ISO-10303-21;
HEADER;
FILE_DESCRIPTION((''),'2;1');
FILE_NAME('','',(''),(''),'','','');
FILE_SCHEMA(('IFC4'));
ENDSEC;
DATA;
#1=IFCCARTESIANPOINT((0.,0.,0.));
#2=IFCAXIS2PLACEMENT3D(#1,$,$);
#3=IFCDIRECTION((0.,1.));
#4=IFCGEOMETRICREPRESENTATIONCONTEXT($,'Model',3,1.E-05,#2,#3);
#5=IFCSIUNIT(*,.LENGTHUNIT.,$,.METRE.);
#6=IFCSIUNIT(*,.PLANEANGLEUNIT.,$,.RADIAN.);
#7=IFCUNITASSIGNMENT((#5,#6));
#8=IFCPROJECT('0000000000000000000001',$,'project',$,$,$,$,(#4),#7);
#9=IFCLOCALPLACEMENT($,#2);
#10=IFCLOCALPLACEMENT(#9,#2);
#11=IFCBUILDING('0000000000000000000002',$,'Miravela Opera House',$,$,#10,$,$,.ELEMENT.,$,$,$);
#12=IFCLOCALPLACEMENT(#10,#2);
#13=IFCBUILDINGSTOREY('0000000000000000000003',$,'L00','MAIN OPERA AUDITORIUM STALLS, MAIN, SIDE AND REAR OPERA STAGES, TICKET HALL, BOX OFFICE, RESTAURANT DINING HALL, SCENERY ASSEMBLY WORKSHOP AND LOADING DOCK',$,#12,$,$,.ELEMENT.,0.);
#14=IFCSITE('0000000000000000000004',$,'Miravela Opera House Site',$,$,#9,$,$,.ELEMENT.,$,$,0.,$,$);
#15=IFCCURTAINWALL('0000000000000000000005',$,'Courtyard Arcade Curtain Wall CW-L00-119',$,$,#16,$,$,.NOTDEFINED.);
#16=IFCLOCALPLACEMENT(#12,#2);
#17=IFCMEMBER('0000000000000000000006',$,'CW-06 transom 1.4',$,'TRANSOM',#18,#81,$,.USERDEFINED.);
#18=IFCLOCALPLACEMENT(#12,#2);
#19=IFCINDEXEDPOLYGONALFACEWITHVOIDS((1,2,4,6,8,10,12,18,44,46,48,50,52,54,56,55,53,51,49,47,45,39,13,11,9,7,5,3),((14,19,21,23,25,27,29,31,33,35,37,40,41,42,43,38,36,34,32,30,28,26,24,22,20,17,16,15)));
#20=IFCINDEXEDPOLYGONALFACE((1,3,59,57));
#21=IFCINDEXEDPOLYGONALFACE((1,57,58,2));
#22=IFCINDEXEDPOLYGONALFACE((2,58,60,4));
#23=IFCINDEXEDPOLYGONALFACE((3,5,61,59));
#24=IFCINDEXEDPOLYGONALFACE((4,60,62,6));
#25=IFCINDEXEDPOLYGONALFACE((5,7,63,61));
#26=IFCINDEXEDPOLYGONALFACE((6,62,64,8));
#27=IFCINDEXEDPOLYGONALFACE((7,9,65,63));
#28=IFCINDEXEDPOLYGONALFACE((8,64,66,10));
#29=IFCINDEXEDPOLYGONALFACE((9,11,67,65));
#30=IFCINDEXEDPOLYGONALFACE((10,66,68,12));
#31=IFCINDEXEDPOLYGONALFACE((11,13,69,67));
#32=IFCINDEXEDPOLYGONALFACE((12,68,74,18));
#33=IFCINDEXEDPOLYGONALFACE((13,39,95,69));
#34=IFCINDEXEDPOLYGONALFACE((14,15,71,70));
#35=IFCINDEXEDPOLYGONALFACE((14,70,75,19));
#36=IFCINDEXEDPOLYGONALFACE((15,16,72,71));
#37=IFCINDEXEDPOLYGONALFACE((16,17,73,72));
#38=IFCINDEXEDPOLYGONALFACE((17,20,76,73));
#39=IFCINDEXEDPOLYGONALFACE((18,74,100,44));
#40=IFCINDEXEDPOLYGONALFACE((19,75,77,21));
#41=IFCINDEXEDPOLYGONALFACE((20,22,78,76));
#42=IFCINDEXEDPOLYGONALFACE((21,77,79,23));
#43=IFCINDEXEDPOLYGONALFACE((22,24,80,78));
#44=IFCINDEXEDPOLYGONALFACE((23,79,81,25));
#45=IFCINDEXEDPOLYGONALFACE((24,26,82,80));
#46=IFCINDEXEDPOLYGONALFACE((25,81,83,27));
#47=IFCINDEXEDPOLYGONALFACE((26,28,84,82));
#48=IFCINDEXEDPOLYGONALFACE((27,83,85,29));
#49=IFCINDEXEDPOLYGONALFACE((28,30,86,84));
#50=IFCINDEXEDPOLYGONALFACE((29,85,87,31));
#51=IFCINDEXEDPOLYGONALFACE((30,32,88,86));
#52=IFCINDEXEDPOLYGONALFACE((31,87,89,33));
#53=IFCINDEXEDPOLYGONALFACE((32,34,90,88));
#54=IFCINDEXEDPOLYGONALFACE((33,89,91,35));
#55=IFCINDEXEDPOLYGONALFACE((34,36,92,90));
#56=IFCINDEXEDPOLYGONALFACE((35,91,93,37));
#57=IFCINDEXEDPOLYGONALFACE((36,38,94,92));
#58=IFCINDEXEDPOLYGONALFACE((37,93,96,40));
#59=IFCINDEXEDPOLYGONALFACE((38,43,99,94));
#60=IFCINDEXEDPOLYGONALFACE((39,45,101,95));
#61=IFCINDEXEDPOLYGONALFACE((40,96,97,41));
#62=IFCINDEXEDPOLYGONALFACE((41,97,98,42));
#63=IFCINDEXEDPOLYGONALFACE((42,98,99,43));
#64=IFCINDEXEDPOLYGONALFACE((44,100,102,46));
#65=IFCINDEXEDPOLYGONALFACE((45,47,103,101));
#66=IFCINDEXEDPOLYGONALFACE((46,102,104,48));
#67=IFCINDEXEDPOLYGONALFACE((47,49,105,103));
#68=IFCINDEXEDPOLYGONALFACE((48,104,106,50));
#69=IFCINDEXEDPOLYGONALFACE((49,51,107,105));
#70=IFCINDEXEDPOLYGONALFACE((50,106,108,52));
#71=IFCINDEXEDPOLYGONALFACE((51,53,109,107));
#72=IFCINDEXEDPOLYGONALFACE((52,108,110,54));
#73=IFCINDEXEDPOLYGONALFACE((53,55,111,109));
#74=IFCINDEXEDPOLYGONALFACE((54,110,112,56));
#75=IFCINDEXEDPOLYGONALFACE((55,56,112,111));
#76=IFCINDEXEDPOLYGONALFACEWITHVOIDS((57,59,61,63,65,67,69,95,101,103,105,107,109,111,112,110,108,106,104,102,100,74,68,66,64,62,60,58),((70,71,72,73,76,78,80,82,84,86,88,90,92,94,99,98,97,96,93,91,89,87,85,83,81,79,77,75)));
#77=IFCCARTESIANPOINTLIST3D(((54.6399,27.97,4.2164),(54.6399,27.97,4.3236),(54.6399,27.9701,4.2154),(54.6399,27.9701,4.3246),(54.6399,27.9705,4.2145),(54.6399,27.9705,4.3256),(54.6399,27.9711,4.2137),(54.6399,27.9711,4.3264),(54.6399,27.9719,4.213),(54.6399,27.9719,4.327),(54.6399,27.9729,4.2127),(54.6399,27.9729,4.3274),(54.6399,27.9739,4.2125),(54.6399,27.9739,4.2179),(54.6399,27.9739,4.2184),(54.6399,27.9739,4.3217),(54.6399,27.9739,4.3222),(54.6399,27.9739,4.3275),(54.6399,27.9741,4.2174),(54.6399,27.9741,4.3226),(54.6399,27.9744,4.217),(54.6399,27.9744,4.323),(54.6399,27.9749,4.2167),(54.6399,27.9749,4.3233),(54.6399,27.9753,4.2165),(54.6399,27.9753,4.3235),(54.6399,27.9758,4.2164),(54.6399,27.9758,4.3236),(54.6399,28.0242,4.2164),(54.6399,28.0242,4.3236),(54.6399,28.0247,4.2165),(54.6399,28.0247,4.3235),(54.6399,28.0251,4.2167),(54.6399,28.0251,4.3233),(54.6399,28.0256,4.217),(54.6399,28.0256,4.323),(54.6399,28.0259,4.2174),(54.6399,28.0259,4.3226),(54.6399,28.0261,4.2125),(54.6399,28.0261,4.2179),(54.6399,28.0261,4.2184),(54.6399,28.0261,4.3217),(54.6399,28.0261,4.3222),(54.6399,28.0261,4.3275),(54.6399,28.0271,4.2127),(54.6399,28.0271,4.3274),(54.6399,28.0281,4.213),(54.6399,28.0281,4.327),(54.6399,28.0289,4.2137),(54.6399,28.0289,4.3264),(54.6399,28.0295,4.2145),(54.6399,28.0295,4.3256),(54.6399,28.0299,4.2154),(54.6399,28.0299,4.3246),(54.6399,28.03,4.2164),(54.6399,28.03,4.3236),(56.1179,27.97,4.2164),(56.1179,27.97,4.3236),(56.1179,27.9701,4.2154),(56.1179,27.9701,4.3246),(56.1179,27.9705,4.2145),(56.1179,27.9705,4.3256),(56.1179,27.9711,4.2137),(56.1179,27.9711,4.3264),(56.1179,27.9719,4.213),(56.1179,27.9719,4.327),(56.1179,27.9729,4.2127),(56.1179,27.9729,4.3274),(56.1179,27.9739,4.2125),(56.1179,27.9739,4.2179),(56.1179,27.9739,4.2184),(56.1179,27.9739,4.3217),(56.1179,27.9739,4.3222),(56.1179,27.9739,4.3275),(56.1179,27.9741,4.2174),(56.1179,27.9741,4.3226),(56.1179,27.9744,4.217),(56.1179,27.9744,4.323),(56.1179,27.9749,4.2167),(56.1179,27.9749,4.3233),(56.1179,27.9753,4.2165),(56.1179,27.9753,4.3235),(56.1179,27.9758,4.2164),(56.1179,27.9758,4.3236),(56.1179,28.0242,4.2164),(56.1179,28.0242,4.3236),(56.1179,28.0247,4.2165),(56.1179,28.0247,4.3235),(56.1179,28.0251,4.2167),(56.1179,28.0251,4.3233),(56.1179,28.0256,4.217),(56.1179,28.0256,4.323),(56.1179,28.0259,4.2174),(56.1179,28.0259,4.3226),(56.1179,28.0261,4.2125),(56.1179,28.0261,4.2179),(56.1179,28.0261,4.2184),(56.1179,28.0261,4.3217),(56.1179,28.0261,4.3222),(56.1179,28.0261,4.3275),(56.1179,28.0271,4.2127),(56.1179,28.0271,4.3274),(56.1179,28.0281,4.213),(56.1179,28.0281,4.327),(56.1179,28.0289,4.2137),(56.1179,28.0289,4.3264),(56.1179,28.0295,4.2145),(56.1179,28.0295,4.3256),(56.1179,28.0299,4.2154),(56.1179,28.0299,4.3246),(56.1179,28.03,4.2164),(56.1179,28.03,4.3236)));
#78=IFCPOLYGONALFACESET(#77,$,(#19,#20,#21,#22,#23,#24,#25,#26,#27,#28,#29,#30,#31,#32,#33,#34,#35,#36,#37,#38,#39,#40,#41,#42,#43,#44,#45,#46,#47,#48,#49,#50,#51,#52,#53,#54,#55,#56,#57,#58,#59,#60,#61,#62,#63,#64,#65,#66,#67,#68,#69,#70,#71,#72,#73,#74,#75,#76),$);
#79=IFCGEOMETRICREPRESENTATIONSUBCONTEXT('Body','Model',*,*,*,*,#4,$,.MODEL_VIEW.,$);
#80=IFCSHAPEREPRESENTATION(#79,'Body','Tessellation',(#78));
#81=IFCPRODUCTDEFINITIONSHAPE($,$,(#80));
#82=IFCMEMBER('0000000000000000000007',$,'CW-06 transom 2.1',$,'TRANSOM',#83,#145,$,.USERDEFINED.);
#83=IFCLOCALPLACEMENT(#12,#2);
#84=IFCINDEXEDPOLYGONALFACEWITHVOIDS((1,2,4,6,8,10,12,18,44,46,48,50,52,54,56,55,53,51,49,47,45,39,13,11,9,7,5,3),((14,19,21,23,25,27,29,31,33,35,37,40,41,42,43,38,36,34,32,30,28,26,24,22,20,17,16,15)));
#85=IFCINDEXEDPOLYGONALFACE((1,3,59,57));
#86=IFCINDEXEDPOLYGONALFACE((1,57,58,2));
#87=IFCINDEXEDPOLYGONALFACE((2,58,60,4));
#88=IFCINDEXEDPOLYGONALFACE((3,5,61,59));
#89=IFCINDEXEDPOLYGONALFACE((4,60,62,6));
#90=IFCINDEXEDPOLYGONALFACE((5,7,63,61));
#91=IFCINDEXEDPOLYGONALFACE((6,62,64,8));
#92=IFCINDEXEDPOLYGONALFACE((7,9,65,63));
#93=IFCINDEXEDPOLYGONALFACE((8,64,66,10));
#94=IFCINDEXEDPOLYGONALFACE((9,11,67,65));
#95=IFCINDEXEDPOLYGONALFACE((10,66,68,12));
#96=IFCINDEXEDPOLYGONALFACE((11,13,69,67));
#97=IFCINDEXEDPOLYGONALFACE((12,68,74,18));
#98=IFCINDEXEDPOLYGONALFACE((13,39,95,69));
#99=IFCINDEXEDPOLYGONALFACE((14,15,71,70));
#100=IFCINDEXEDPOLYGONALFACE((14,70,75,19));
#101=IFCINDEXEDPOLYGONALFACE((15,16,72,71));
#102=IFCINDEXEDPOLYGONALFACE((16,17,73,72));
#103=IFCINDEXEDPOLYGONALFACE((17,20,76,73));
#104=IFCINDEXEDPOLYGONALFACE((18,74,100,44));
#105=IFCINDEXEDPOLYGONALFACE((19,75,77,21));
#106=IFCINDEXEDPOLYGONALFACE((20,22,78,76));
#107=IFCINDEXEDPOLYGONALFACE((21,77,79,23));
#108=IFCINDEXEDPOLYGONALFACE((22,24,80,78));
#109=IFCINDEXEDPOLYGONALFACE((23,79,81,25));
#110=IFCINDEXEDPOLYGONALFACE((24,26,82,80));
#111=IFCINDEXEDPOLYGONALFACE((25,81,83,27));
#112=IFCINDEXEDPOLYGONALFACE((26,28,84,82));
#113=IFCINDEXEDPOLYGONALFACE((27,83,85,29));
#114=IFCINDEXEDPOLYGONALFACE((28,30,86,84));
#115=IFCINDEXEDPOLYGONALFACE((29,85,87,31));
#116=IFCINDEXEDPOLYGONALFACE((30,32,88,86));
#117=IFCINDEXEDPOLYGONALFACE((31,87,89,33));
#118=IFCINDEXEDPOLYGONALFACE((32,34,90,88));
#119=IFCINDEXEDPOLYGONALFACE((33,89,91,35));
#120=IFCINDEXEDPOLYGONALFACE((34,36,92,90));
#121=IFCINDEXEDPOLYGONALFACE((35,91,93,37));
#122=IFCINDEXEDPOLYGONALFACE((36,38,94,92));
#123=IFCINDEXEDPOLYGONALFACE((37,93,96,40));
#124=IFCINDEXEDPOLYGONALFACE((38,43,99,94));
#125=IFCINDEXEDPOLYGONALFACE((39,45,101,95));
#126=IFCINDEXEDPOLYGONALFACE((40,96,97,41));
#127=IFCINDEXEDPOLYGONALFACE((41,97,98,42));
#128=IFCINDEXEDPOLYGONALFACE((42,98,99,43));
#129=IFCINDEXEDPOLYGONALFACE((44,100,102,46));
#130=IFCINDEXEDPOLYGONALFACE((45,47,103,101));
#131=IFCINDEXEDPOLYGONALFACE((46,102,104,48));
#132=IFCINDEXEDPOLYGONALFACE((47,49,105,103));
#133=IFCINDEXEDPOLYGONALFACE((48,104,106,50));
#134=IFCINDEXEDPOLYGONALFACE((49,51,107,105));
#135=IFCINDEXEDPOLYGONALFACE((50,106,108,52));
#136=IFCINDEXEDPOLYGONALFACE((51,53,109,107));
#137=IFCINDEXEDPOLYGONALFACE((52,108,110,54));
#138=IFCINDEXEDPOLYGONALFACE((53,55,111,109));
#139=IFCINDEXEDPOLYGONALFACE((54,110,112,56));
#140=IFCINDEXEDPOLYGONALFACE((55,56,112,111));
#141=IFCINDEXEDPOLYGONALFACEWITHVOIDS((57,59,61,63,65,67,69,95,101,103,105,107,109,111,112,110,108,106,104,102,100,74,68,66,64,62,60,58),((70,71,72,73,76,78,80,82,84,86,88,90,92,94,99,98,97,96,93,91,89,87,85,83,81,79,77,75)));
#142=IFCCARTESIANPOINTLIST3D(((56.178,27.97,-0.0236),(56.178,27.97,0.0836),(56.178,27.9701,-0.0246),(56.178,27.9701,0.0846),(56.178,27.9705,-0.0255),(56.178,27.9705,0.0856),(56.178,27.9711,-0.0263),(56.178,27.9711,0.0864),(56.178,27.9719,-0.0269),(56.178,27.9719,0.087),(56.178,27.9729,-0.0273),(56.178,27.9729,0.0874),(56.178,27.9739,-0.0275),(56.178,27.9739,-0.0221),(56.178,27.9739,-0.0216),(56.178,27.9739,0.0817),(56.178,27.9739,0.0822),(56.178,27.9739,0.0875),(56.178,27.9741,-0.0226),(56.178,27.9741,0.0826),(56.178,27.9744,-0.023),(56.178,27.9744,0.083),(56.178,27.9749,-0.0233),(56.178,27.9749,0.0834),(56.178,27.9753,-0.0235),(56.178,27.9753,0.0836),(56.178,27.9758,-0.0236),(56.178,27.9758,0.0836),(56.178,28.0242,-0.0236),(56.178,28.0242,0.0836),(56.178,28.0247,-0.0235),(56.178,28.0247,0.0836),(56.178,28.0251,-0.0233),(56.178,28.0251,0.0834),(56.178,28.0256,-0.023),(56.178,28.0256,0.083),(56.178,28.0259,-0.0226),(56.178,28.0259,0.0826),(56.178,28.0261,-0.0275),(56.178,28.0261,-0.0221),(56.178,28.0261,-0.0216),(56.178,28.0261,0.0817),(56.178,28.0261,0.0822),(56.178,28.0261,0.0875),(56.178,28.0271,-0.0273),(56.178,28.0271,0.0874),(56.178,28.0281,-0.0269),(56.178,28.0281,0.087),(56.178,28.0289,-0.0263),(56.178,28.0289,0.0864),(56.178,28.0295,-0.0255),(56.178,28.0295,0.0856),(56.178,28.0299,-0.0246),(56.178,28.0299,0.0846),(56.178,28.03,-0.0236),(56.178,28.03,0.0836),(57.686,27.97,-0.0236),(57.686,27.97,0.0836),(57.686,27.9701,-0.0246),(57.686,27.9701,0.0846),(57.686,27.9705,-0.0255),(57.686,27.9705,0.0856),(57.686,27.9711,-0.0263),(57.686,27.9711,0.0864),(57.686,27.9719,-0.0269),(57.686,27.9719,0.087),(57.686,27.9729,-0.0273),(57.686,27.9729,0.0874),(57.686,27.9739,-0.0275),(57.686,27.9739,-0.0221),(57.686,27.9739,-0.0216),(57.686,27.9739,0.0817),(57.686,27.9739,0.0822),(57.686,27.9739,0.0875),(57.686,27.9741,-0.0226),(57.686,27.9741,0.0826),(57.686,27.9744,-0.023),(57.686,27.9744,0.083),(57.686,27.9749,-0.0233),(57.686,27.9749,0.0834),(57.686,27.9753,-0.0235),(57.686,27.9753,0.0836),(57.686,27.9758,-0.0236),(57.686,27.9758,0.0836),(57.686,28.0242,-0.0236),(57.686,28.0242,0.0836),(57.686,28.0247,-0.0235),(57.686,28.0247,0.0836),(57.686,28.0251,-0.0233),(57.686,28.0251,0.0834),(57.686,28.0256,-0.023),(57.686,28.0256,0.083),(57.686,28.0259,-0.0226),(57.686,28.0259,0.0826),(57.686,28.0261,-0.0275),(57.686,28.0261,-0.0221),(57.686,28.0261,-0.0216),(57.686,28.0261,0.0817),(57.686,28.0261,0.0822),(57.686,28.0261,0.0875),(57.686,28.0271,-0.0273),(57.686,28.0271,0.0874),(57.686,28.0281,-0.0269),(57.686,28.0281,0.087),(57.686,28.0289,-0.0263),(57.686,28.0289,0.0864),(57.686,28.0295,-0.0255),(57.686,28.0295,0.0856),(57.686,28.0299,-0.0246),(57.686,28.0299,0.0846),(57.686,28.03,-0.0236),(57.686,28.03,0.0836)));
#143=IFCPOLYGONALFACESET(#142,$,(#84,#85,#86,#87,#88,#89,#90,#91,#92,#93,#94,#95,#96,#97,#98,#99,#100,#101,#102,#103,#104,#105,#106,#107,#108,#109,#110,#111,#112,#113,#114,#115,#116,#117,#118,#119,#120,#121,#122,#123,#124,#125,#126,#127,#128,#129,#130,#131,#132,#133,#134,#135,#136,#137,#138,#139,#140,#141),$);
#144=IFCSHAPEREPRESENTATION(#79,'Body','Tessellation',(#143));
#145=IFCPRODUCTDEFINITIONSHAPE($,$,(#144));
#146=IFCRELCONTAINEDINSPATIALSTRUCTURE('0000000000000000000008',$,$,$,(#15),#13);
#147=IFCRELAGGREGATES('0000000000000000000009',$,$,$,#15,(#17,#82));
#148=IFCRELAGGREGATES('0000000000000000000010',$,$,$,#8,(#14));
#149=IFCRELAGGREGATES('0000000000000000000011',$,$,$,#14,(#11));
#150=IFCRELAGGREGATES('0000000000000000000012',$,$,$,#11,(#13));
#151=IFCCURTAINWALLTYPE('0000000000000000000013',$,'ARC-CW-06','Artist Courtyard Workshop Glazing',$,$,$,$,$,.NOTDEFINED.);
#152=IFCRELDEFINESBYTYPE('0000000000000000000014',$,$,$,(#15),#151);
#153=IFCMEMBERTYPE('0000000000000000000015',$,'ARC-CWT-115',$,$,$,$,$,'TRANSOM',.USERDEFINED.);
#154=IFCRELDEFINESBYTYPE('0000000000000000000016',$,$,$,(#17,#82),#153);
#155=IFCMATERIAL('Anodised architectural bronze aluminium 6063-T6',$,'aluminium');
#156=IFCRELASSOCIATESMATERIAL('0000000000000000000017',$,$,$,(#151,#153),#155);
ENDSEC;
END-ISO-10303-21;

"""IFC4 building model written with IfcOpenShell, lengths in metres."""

from ifc_helpers import new_model, si_unit, direction, frame, origin, origin_2d, place, context, subcontext, project, spatial, hollow_rectangle, extrude, material, material_profile, profile_set, type_object, element, aggregate, save


model = new_model("IFC4")

# Units and contexts
model_context = context("Model", 3, precision=1e-05, world=origin(), true_north=direction((0.0, 1.0)))
body_context = subcontext(model_context, "Body", "Model", "MODEL_VIEW")
ifc_project = project(units=[si_unit("LENGTHUNIT", "METRE"), si_unit("PLANEANGLEUNIT", "RADIAN")], contexts=[model_context])

# Site, building, storey
site_placement = place(None, origin())
site = spatial("IfcSite", under=ifc_project, at=site_placement, Name="Miravela Opera House Site", CompositionType="ELEMENT", RefElevation=0.0)
building_placement = place(site_placement, origin())
building = spatial("IfcBuilding", under=site, at=building_placement, Name="Miravela Opera House", CompositionType="ELEMENT")
storey_placement = place(building_placement, origin())
storey = spatial("IfcBuildingStorey", under=building, at=storey_placement, Name="L00", Description="MAIN OPERA AUDITORIUM STALLS, MAIN, SIDE AND REAR OPERA STAGES, TICKET HALL, BOX OFFICE, RESTAURANT DINING HALL, SCENERY ASSEMBLY WORKSHOP AND LOADING DOCK", CompositionType="ELEMENT", Elevation=0.0)

# Curtain wall, members
ifc_material_1 = material(Name="Anodised architectural bronze aluminium 6063-T6", Category="aluminium")
curtain_wall_type = type_object("IfcCurtainWallType", Name="ARC-CW-06", Description="Artist Courtyard Workshop Glazing", PredefinedType="NOTDEFINED", material=ifc_material_1)
curtain_wall_placement = place(storey_placement, origin())
curtain_wall = element("IfcCurtainWall", 1, at=curtain_wall_placement, inside=storey, type_object=curtain_wall_type, Name="Courtyard Arcade Curtain Wall CW-L00-119", PredefinedType="NOTDEFINED")
ifc_material_profile_1 = material_profile(ifc_material_1, hollow_rectangle(XDim=0.0601, YDim=0.115, WallThickness=0.0039, InnerFilletRadius=0.002, OuterFilletRadius=0.0039, at=origin_2d()), Name="CWT-60X115")
ifc_profile_set_1 = profile_set([ifc_material_profile_1])
member_type_1 = type_object("IfcMemberType", Name="ARC-CWT-115", ElementType="TRANSOM", PredefinedType="USERDEFINED", material=ifc_profile_set_1)
member_1_placement = place(storey_placement, frame((54.6399, 28.0, 4.27), z_axis=(1.0, 0.0, 0.0), x_axis=(0.0, 1.0, 0.0)))
member_1 = element("IfcMember", 2, at=member_1_placement, type_object=member_type_1, Name="CW-06 transom 1.4", ObjectType="TRANSOM", PredefinedType="USERDEFINED", context=body_context, shape_type="SweptSolid", body=[
    extrude(hollow_rectangle(XDim=0.0601, YDim=0.115, WallThickness=0.0039, InnerFilletRadius=0.002, OuterFilletRadius=0.0039, at=origin_2d()), origin(), (0.0, 0.0, 1.0), 1.478),
])
member_2_placement = place(storey_placement, frame((56.178, 28.0, 0.03), z_axis=(1.0, 0.0, 0.0), x_axis=(0.0, 1.0, 0.0)))
member_2 = element("IfcMember", 3, at=member_2_placement, type_object=member_type_1, Name="CW-06 transom 2.1", ObjectType="TRANSOM", PredefinedType="USERDEFINED", context=body_context, shape_type="SweptSolid", body=[
    extrude(hollow_rectangle(XDim=0.0601, YDim=0.115, WallThickness=0.0039, InnerFilletRadius=0.002, OuterFilletRadius=0.0039, at=origin_2d()), origin(), (0.0, 0.0, 1.0), 1.5081),
])
aggregate(curtain_wall, [member_1, member_2])

save(model, "model.ifc")
